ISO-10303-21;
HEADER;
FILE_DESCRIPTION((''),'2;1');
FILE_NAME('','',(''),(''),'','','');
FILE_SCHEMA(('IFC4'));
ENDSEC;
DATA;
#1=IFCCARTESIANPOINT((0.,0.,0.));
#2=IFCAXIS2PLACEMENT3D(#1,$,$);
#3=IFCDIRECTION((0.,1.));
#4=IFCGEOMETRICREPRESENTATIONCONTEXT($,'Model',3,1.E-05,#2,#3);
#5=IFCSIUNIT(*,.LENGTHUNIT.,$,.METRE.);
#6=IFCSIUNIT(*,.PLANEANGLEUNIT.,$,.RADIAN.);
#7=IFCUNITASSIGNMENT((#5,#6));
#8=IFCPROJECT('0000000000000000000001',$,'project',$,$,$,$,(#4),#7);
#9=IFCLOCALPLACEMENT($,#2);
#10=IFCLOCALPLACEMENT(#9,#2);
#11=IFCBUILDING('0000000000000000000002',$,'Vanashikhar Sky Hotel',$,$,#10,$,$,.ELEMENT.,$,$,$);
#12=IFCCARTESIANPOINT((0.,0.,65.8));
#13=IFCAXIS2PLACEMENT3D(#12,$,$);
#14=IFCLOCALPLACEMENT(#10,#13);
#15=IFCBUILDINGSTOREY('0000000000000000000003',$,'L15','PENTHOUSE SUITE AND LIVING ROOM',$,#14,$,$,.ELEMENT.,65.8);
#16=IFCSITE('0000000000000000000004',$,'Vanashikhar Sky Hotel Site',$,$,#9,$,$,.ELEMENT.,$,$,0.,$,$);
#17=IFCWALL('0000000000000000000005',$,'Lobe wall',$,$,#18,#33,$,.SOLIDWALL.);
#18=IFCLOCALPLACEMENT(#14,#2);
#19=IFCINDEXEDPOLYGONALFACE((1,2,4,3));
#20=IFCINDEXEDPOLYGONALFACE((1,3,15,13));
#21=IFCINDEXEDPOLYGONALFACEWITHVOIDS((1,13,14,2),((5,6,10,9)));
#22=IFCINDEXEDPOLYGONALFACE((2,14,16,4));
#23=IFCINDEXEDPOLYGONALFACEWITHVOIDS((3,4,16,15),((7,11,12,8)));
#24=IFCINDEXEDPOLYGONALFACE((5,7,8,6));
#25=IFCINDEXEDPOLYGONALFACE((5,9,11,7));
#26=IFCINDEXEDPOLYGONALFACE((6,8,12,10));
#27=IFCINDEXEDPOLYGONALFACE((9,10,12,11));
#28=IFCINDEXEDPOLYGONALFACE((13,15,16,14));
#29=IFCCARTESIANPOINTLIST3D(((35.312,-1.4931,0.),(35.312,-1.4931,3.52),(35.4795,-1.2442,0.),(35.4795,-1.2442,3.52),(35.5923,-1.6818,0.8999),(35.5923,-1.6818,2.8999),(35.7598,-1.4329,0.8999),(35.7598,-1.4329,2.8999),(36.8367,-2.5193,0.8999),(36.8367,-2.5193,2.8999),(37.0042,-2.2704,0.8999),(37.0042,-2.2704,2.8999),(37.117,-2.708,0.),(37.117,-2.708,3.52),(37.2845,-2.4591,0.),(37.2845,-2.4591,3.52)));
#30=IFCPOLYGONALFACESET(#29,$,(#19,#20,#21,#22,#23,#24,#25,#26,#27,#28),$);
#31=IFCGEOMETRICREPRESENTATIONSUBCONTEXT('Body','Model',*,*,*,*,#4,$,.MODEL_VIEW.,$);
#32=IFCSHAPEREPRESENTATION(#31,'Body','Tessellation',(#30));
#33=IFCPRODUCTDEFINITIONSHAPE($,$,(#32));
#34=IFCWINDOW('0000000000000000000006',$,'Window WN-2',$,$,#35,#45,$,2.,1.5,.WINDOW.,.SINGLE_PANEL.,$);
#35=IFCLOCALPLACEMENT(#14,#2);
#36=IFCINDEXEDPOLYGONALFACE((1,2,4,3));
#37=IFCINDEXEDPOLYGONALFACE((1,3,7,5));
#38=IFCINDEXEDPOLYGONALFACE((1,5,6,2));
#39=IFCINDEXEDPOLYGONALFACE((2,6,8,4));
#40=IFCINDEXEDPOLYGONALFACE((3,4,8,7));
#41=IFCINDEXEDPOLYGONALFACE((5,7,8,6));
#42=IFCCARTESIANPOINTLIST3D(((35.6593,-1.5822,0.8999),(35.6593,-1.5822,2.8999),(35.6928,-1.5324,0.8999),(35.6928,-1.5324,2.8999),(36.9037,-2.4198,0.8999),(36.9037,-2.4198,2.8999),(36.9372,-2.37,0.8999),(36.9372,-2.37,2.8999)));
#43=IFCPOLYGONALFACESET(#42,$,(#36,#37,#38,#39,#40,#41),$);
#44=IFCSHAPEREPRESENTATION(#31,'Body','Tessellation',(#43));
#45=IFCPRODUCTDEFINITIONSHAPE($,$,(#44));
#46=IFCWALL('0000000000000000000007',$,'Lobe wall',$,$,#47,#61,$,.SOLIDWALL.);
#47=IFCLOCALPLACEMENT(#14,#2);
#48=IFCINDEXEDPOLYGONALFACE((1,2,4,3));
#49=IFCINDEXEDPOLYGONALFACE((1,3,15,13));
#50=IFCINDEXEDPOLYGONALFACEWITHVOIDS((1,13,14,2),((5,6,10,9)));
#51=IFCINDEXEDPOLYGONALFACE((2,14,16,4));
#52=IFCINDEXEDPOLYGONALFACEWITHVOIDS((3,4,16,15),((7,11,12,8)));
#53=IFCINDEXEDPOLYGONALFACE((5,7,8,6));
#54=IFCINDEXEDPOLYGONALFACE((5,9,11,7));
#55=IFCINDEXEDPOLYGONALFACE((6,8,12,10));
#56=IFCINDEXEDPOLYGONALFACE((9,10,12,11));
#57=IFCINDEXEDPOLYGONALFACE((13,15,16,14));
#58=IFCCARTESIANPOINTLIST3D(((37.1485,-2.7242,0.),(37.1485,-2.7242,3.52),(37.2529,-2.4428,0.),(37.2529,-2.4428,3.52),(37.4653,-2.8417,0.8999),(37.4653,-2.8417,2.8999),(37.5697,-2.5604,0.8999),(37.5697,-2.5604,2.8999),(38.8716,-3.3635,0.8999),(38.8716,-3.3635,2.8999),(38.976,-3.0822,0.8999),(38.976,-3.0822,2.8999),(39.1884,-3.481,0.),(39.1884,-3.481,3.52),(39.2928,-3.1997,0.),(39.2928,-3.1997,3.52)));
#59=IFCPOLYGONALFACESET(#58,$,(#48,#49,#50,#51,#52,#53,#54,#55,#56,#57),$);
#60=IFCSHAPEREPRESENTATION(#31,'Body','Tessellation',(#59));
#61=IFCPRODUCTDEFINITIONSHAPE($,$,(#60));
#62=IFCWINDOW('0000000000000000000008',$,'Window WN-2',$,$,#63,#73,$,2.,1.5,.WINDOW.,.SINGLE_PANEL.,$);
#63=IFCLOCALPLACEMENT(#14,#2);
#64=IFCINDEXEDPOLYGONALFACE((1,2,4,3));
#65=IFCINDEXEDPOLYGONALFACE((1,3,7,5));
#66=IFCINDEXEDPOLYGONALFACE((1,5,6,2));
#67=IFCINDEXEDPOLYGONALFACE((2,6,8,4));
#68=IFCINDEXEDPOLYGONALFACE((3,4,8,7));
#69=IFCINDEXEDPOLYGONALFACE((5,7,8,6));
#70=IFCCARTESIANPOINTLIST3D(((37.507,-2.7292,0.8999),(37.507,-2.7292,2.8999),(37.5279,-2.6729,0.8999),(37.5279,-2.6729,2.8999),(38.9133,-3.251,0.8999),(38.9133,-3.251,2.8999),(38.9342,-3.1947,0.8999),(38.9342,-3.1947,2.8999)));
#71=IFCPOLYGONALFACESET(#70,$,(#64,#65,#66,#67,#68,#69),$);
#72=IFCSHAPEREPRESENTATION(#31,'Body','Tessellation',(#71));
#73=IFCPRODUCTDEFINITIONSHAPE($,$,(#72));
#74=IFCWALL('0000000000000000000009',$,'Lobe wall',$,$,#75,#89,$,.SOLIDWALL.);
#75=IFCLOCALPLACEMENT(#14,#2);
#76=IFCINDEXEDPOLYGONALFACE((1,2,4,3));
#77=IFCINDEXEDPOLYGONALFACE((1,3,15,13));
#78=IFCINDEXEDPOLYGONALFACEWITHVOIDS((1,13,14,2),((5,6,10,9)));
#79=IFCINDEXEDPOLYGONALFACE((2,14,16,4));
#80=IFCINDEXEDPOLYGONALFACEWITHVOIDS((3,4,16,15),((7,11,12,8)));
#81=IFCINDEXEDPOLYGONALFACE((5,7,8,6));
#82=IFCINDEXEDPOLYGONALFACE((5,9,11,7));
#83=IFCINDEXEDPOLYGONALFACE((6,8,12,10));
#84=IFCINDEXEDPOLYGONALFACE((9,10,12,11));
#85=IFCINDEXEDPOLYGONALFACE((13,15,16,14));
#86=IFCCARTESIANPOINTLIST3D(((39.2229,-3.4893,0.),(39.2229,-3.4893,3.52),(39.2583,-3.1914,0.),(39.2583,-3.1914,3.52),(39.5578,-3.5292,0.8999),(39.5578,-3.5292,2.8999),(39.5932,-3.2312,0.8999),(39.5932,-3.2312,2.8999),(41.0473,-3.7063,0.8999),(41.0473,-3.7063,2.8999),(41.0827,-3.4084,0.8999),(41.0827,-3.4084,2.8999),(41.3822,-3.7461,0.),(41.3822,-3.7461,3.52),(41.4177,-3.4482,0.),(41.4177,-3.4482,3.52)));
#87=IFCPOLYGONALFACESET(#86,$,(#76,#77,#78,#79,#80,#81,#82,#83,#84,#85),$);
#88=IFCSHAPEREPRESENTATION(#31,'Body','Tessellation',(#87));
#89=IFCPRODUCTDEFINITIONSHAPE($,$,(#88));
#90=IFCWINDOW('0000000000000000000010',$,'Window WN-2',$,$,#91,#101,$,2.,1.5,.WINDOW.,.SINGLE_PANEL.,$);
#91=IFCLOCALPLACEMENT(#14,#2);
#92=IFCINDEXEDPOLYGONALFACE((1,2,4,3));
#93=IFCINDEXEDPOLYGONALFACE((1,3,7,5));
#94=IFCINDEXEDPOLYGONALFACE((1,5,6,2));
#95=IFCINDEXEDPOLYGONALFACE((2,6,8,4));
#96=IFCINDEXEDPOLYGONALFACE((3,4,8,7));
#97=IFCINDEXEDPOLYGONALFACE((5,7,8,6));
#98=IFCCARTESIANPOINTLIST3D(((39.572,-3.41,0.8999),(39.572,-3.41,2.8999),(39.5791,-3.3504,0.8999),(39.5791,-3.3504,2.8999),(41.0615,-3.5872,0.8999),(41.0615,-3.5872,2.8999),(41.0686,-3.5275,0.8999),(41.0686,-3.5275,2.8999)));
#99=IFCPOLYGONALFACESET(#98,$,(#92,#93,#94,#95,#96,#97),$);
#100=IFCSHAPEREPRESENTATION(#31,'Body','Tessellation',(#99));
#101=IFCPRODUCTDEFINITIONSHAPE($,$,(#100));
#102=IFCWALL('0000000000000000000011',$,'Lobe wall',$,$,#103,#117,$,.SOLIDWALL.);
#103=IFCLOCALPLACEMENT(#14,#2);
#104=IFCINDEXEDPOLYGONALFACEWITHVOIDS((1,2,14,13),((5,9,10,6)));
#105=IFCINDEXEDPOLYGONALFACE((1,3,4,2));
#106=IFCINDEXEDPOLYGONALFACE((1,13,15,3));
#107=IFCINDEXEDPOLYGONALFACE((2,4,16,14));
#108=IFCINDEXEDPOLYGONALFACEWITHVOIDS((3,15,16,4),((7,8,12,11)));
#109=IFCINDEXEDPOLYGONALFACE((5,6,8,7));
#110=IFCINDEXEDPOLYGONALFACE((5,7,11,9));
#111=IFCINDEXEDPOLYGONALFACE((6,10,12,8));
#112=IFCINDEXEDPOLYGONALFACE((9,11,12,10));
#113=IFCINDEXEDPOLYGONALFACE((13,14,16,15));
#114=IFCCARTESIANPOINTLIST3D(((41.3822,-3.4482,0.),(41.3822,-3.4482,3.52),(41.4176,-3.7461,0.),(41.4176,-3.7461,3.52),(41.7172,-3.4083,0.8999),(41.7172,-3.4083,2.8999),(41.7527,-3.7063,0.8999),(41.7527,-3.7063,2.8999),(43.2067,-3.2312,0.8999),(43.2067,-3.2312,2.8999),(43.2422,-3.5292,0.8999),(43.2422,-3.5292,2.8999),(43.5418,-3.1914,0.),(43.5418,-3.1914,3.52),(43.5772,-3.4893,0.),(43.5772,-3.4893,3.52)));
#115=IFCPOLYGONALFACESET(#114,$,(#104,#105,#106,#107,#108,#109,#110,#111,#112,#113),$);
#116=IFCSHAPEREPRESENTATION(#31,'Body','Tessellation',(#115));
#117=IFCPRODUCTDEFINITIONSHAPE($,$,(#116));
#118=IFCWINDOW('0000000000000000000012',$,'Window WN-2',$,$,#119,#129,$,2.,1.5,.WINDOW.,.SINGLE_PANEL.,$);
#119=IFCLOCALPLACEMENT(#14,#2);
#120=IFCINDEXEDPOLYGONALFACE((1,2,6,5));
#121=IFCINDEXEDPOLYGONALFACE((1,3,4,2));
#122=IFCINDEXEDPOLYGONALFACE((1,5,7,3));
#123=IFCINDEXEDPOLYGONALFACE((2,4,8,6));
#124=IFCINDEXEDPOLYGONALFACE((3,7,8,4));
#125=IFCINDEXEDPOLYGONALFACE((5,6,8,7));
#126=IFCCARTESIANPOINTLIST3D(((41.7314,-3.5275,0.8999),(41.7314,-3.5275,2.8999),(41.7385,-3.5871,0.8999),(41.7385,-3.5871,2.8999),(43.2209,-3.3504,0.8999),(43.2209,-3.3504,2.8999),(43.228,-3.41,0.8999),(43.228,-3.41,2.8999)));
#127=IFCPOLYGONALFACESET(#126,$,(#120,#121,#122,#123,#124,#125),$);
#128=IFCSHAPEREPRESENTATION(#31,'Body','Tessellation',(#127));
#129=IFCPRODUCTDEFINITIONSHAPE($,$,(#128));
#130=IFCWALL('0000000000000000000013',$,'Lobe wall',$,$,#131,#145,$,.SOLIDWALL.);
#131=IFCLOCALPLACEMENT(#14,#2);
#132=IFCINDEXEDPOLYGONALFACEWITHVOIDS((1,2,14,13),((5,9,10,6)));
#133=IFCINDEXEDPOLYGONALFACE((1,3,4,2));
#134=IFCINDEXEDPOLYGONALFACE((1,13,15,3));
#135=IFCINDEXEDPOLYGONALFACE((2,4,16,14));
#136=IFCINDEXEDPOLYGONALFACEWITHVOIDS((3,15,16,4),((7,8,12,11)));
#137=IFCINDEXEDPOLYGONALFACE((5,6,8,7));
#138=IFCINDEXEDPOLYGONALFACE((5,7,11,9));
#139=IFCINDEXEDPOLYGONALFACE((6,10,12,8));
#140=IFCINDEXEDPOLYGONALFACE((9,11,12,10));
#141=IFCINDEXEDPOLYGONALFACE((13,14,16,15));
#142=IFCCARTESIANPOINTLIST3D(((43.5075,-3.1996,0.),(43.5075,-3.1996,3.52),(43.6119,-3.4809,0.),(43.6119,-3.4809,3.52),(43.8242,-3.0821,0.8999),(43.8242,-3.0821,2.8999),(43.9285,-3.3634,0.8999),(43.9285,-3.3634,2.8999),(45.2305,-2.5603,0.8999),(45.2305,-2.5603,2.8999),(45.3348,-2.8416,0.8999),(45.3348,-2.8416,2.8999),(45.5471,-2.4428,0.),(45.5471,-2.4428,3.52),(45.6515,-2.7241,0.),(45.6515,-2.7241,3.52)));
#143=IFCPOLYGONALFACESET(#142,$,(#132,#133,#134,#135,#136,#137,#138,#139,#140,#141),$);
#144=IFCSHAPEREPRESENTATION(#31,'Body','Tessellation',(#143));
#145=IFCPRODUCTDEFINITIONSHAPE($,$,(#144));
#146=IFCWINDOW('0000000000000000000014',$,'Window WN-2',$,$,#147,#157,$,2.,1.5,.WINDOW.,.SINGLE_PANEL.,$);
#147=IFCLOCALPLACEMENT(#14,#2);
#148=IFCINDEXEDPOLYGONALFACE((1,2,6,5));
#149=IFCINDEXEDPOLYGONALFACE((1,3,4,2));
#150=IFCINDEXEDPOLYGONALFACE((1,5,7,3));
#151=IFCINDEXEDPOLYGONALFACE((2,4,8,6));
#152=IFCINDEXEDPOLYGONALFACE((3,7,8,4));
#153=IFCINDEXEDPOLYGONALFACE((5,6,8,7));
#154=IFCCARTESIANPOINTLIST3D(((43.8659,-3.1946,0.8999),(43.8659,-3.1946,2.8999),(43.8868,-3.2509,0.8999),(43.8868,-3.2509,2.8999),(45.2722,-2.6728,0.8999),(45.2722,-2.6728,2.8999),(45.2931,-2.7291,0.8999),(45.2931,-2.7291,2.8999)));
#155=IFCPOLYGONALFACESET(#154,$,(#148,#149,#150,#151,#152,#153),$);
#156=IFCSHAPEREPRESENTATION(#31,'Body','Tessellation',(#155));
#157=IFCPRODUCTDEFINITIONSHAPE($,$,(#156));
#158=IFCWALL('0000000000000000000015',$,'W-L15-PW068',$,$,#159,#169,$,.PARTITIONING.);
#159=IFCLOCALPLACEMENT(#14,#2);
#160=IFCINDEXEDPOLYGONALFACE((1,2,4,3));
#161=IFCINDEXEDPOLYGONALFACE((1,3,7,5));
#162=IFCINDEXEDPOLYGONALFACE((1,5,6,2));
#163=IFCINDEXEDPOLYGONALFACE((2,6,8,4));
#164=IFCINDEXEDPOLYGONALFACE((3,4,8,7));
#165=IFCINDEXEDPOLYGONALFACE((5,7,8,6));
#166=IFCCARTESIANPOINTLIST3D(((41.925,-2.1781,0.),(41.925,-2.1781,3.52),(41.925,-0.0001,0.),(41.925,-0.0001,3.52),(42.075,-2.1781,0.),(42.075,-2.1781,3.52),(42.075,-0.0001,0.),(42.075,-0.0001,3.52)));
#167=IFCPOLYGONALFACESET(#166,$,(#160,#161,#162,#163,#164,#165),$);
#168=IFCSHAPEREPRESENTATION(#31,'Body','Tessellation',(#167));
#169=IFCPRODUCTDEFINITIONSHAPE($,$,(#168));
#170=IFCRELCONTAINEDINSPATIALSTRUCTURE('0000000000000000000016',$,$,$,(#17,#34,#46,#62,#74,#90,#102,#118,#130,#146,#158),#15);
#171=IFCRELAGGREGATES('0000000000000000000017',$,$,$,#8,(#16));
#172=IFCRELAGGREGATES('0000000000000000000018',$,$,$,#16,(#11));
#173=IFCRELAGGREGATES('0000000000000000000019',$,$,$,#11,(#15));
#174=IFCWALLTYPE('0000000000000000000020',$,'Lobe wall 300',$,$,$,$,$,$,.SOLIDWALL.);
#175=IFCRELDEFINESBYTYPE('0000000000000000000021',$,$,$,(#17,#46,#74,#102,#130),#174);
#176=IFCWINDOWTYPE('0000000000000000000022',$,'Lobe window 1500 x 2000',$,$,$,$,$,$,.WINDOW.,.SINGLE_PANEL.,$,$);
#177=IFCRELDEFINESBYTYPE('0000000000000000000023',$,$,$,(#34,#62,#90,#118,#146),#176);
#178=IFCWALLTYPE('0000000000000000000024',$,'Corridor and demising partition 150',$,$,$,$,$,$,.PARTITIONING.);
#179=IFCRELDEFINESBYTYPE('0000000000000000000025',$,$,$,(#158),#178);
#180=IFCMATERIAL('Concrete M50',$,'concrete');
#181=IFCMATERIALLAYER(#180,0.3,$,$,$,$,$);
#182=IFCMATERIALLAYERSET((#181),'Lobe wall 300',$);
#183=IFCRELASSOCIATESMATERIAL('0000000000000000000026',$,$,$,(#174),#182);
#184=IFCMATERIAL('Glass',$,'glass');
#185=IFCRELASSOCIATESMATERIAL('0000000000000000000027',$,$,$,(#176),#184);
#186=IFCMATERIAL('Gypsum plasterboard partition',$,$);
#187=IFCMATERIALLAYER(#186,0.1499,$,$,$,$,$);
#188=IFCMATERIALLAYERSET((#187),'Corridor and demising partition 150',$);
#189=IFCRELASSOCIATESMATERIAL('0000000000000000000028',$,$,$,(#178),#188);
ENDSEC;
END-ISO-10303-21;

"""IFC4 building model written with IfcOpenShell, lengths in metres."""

from ifc_helpers import new_model, si_unit, direction, frame, frame_2d, origin, place, context, subcontext, project, spatial, rectangle, extrude, source, transform, mapped, material, layer, layer_set, type_object, element, fill, save


model = new_model("IFC4")

# Units and contexts
model_context = context("Model", 3, precision=1e-05, world=origin(), true_north=direction((0.0, 1.0)))
body_context = subcontext(model_context, "Body", "Model", "MODEL_VIEW")
ifc_project = project(units=[si_unit("LENGTHUNIT", "METRE"), si_unit("PLANEANGLEUNIT", "RADIAN")], contexts=[model_context])

# Site, building, storey
site_placement = place(None, origin())
site = spatial("IfcSite", under=ifc_project, at=site_placement, Name="Vanashikhar Sky Hotel Site", CompositionType="ELEMENT", RefElevation=0.0)
building_placement = place(site_placement, origin())
building = spatial("IfcBuilding", under=site, at=building_placement, Name="Vanashikhar Sky Hotel", CompositionType="ELEMENT")
storey_placement = place(building_placement, frame((0.0, 0.0, 65.8)))
storey = spatial("IfcBuildingStorey", under=building, at=storey_placement, Name="L15", Description="PENTHOUSE SUITE AND LIVING ROOM", CompositionType="ELEMENT", Elevation=65.8)

# Walls, openings, windows
ifc_material_1 = material(Name="Concrete M50", Category="concrete")
ifc_layer_1 = layer(ifc_material_1, 0.3)
ifc_layer_set_1 = layer_set([ifc_layer_1], Name="Lobe wall 300")
wall_type_1 = type_object("IfcWallType", Name="Lobe wall 300", PredefinedType="SOLIDWALL", material=ifc_layer_set_1)
shared_shape_1 = source(origin(), body_context, "Body", "SweptSolid", [
    extrude(rectangle(XDim=2.1758, YDim=0.3, at=frame_2d((1.0879, 0.0))), origin(), (0.0, 0.0, 1.0), 3.52),
])
wall_1_placement = place(storey_placement, frame((35.3958, -1.3687, 0.0), z_axis=(0.0, 0.0, 1.0), x_axis=(0.829591, -0.558372, 0.0)))
wall_1 = element("IfcWall", 1, at=wall_1_placement, inside=storey, type_object=wall_type_1, Name="Lobe wall", PredefinedType="SOLIDWALL", context=body_context, shape_type="MappedRepresentation", body=[
    mapped(shared_shape_1, transform((0.0, 0.0, 0.0), scale=1.0)),
])
shared_shape_2 = source(origin(), body_context, "Body", "SweptSolid", [
    extrude(rectangle(XDim=1.5, YDim=2.0, at=frame_2d((0.75, 1.0))), frame((0.0, 0.1602, 0.0), z_axis=(0.0, -1.0, 0.0), x_axis=(1.0, 0.0, 0.0)), (0.0, 0.0, 1.0), 0.3201),
])
opening_1_placement = place(wall_1_placement, frame((0.3379, 0.0, 0.8999)))
opening_1 = element("IfcOpeningElement", 2, at=opening_1_placement, cuts=wall_1, PredefinedType="OPENING", context=body_context, shape_type="MappedRepresentation", body=[
    mapped(shared_shape_2, transform((0.0, 0.0, 0.0), scale=1.0)),
])
ifc_material_2 = material(Name="Glass", Category="glass")
window_type = type_object("IfcWindowType", Name="Lobe window 1500 x 2000", PartitioningType="SINGLE_PANEL", PredefinedType="WINDOW", material=ifc_material_2)
shared_shape_3 = source(origin(), body_context, "Body", "SweptSolid", [
    extrude(rectangle(XDim=1.5, YDim=2.0, at=frame_2d((0.75, 1.0))), frame((0.0, 0.03, 0.0), z_axis=(0.0, -1.0, 0.0), x_axis=(1.0, 0.0, 0.0)), (0.0, 0.0, 1.0), 0.0601),
])
window_1_placement = place(opening_1_placement, origin())
window_1 = element("IfcWindow", 3, at=window_1_placement, inside=storey, type_object=window_type, Name="Window WN-2", OverallHeight=2.0, OverallWidth=1.5, PartitioningType="SINGLE_PANEL", PredefinedType="WINDOW", context=body_context, shape_type="MappedRepresentation", body=[
    mapped(shared_shape_3, transform((0.0, 0.0, 0.0), scale=1.0)),
])
fill(opening_1, window_1)
wall_2_placement = place(storey_placement, frame((37.2007, -2.5835, 0.0), z_axis=(0.0, 0.0, 1.0), x_axis=(0.937546, -0.347863, 0.0)))
wall_2 = element("IfcWall", 4, at=wall_2_placement, inside=storey, type_object=wall_type_1, Name="Lobe wall", PredefinedType="SOLIDWALL", context=body_context, shape_type="MappedRepresentation", body=[
    mapped(shared_shape_1, transform((0.0, 0.0, 0.0), scale=1.0)),
])
opening_2_placement = place(wall_2_placement, frame((0.3379, 0.0, 0.8999)))
opening_2 = element("IfcOpeningElement", 5, at=opening_2_placement, cuts=wall_2, PredefinedType="OPENING", context=body_context, shape_type="MappedRepresentation", body=[
    mapped(shared_shape_2, transform((0.0, 0.0, 0.0), scale=1.0)),
])
window_2_placement = place(opening_2_placement, origin())
window_2 = element("IfcWindow", 6, at=window_2_placement, inside=storey, type_object=window_type, Name="Window WN-2", OverallHeight=2.0, OverallWidth=1.5, PartitioningType="SINGLE_PANEL", PredefinedType="WINDOW", context=body_context, shape_type="MappedRepresentation", body=[
    mapped(shared_shape_3, transform((0.0, 0.0, 0.0), scale=1.0)),
])
fill(opening_2, window_2)
shared_shape_4 = source(origin(), body_context, "Body", "SweptSolid", [
    extrude(rectangle(XDim=2.1746, YDim=0.3, at=frame_2d((1.0874, 0.0))), origin(), (0.0, 0.0, 1.0), 3.52),
])
wall_3_placement = place(storey_placement, frame((39.2405, -3.3403, 0.0), z_axis=(0.0, 0.0, 1.0), x_axis=(0.993001, -0.118105, 0.0)))
wall_3 = element("IfcWall", 7, at=wall_3_placement, inside=storey, type_object=wall_type_1, Name="Lobe wall", PredefinedType="SOLIDWALL", context=body_context, shape_type="MappedRepresentation", body=[
    mapped(shared_shape_4, transform((0.0, 0.0, 0.0), scale=1.0)),
])
opening_3_placement = place(wall_3_placement, frame((0.3374, 0.0, 0.8999)))
opening_3 = element("IfcOpeningElement", 8, at=opening_3_placement, cuts=wall_3, PredefinedType="OPENING", context=body_context, shape_type="MappedRepresentation", body=[
    mapped(shared_shape_2, transform((0.0, 0.0, 0.0), scale=1.0)),
])
window_3_placement = place(opening_3_placement, origin())
window_3 = element("IfcWindow", 9, at=window_3_placement, inside=storey, type_object=window_type, Name="Window WN-2", OverallHeight=2.0, OverallWidth=1.5, PartitioningType="SINGLE_PANEL", PredefinedType="WINDOW", context=body_context, shape_type="MappedRepresentation", body=[
    mapped(shared_shape_3, transform((0.0, 0.0, 0.0), scale=1.0)),
])
fill(opening_3, window_3)
shared_shape_5 = source(origin(), body_context, "Body", "SweptSolid", [
    extrude(rectangle(XDim=2.1748, YDim=0.3, at=frame_2d((1.0874, 0.0))), origin(), (0.0, 0.0, 1.0), 3.52),
])
wall_4_placement = place(storey_placement, frame((41.3999, -3.5972, 0.0), z_axis=(0.0, 0.0, 1.0), x_axis=(0.993003, 0.118092, 0.0)))
wall_4 = element("IfcWall", 10, at=wall_4_placement, inside=storey, type_object=wall_type_1, Name="Lobe wall", PredefinedType="SOLIDWALL", context=body_context, shape_type="MappedRepresentation", body=[
    mapped(shared_shape_5, transform((0.0, 0.0, 0.0), scale=1.0)),
])
opening_4_placement = place(wall_4_placement, frame((0.3374, 0.0, 0.8999)))
opening_4 = element("IfcOpeningElement", 11, at=opening_4_placement, cuts=wall_4, PredefinedType="OPENING", context=body_context, shape_type="MappedRepresentation", body=[
    mapped(shared_shape_2, transform((0.0, 0.0, 0.0), scale=1.0)),
])
window_4_placement = place(opening_4_placement, origin())
window_4 = element("IfcWindow", 12, at=window_4_placement, inside=storey, type_object=window_type, Name="Window WN-2", OverallHeight=2.0, OverallWidth=1.5, PartitioningType="SINGLE_PANEL", PredefinedType="WINDOW", context=body_context, shape_type="MappedRepresentation", body=[
    mapped(shared_shape_3, transform((0.0, 0.0, 0.0), scale=1.0)),
])
fill(opening_4, window_4)
shared_shape_6 = source(origin(), body_context, "Body", "SweptSolid", [
    extrude(rectangle(XDim=2.1755, YDim=0.3, at=frame_2d((1.0879, 0.0))), origin(), (0.0, 0.0, 1.0), 3.52),
])
wall_5_placement = place(storey_placement, frame((43.5596, -3.3403, 0.0), z_axis=(0.0, 0.0, 1.0), x_axis=(0.937532, 0.347899, 0.0)))
wall_5 = element("IfcWall", 13, at=wall_5_placement, inside=storey, type_object=wall_type_1, Name="Lobe wall", PredefinedType="SOLIDWALL", context=body_context, shape_type="MappedRepresentation", body=[
    mapped(shared_shape_6, transform((0.0, 0.0, 0.0), scale=1.0)),
])
opening_5_placement = place(wall_5_placement, frame((0.3379, 0.0, 0.8999)))
opening_5 = element("IfcOpeningElement", 14, at=opening_5_placement, cuts=wall_5, PredefinedType="OPENING", context=body_context, shape_type="MappedRepresentation", body=[
    mapped(shared_shape_2, transform((0.0, 0.0, 0.0), scale=1.0)),
])
window_5_placement = place(opening_5_placement, origin())
window_5 = element("IfcWindow", 15, at=window_5_placement, inside=storey, type_object=window_type, Name="Window WN-2", OverallHeight=2.0, OverallWidth=1.5, PartitioningType="SINGLE_PANEL", PredefinedType="WINDOW", context=body_context, shape_type="MappedRepresentation", body=[
    mapped(shared_shape_3, transform((0.0, 0.0, 0.0), scale=1.0)),
])
fill(opening_5, window_5)

# Wall
ifc_material_3 = material(Name="Gypsum plasterboard partition")
ifc_layer_2 = layer(ifc_material_3, 0.1499)
ifc_layer_set_2 = layer_set([ifc_layer_2], Name="Corridor and demising partition 150")
wall_type_2 = type_object("IfcWallType", Name="Corridor and demising partition 150", PredefinedType="PARTITIONING", material=ifc_layer_set_2)
shared_shape_7 = source(origin(), body_context, "Body", "SweptSolid", [
    extrude(rectangle(XDim=2.178, YDim=0.1499, at=frame_2d((1.0889, 0.0))), origin(), (0.0, 0.0, 1.0), 3.52),
])
wall_6_placement = place(storey_placement, frame((42.0, -2.178, 0.0), z_axis=(0.0, 0.0, 1.0), x_axis=(0.0, 1.0, 0.0)))
element("IfcWall", 16, at=wall_6_placement, inside=storey, type_object=wall_type_2, Name="W-L15-PW068", PredefinedType="PARTITIONING", context=body_context, shape_type="MappedRepresentation", body=[
    mapped(shared_shape_7, transform((0.0, 0.0, 0.0), scale=1.0)),
])

save(model, "model.ifc")
